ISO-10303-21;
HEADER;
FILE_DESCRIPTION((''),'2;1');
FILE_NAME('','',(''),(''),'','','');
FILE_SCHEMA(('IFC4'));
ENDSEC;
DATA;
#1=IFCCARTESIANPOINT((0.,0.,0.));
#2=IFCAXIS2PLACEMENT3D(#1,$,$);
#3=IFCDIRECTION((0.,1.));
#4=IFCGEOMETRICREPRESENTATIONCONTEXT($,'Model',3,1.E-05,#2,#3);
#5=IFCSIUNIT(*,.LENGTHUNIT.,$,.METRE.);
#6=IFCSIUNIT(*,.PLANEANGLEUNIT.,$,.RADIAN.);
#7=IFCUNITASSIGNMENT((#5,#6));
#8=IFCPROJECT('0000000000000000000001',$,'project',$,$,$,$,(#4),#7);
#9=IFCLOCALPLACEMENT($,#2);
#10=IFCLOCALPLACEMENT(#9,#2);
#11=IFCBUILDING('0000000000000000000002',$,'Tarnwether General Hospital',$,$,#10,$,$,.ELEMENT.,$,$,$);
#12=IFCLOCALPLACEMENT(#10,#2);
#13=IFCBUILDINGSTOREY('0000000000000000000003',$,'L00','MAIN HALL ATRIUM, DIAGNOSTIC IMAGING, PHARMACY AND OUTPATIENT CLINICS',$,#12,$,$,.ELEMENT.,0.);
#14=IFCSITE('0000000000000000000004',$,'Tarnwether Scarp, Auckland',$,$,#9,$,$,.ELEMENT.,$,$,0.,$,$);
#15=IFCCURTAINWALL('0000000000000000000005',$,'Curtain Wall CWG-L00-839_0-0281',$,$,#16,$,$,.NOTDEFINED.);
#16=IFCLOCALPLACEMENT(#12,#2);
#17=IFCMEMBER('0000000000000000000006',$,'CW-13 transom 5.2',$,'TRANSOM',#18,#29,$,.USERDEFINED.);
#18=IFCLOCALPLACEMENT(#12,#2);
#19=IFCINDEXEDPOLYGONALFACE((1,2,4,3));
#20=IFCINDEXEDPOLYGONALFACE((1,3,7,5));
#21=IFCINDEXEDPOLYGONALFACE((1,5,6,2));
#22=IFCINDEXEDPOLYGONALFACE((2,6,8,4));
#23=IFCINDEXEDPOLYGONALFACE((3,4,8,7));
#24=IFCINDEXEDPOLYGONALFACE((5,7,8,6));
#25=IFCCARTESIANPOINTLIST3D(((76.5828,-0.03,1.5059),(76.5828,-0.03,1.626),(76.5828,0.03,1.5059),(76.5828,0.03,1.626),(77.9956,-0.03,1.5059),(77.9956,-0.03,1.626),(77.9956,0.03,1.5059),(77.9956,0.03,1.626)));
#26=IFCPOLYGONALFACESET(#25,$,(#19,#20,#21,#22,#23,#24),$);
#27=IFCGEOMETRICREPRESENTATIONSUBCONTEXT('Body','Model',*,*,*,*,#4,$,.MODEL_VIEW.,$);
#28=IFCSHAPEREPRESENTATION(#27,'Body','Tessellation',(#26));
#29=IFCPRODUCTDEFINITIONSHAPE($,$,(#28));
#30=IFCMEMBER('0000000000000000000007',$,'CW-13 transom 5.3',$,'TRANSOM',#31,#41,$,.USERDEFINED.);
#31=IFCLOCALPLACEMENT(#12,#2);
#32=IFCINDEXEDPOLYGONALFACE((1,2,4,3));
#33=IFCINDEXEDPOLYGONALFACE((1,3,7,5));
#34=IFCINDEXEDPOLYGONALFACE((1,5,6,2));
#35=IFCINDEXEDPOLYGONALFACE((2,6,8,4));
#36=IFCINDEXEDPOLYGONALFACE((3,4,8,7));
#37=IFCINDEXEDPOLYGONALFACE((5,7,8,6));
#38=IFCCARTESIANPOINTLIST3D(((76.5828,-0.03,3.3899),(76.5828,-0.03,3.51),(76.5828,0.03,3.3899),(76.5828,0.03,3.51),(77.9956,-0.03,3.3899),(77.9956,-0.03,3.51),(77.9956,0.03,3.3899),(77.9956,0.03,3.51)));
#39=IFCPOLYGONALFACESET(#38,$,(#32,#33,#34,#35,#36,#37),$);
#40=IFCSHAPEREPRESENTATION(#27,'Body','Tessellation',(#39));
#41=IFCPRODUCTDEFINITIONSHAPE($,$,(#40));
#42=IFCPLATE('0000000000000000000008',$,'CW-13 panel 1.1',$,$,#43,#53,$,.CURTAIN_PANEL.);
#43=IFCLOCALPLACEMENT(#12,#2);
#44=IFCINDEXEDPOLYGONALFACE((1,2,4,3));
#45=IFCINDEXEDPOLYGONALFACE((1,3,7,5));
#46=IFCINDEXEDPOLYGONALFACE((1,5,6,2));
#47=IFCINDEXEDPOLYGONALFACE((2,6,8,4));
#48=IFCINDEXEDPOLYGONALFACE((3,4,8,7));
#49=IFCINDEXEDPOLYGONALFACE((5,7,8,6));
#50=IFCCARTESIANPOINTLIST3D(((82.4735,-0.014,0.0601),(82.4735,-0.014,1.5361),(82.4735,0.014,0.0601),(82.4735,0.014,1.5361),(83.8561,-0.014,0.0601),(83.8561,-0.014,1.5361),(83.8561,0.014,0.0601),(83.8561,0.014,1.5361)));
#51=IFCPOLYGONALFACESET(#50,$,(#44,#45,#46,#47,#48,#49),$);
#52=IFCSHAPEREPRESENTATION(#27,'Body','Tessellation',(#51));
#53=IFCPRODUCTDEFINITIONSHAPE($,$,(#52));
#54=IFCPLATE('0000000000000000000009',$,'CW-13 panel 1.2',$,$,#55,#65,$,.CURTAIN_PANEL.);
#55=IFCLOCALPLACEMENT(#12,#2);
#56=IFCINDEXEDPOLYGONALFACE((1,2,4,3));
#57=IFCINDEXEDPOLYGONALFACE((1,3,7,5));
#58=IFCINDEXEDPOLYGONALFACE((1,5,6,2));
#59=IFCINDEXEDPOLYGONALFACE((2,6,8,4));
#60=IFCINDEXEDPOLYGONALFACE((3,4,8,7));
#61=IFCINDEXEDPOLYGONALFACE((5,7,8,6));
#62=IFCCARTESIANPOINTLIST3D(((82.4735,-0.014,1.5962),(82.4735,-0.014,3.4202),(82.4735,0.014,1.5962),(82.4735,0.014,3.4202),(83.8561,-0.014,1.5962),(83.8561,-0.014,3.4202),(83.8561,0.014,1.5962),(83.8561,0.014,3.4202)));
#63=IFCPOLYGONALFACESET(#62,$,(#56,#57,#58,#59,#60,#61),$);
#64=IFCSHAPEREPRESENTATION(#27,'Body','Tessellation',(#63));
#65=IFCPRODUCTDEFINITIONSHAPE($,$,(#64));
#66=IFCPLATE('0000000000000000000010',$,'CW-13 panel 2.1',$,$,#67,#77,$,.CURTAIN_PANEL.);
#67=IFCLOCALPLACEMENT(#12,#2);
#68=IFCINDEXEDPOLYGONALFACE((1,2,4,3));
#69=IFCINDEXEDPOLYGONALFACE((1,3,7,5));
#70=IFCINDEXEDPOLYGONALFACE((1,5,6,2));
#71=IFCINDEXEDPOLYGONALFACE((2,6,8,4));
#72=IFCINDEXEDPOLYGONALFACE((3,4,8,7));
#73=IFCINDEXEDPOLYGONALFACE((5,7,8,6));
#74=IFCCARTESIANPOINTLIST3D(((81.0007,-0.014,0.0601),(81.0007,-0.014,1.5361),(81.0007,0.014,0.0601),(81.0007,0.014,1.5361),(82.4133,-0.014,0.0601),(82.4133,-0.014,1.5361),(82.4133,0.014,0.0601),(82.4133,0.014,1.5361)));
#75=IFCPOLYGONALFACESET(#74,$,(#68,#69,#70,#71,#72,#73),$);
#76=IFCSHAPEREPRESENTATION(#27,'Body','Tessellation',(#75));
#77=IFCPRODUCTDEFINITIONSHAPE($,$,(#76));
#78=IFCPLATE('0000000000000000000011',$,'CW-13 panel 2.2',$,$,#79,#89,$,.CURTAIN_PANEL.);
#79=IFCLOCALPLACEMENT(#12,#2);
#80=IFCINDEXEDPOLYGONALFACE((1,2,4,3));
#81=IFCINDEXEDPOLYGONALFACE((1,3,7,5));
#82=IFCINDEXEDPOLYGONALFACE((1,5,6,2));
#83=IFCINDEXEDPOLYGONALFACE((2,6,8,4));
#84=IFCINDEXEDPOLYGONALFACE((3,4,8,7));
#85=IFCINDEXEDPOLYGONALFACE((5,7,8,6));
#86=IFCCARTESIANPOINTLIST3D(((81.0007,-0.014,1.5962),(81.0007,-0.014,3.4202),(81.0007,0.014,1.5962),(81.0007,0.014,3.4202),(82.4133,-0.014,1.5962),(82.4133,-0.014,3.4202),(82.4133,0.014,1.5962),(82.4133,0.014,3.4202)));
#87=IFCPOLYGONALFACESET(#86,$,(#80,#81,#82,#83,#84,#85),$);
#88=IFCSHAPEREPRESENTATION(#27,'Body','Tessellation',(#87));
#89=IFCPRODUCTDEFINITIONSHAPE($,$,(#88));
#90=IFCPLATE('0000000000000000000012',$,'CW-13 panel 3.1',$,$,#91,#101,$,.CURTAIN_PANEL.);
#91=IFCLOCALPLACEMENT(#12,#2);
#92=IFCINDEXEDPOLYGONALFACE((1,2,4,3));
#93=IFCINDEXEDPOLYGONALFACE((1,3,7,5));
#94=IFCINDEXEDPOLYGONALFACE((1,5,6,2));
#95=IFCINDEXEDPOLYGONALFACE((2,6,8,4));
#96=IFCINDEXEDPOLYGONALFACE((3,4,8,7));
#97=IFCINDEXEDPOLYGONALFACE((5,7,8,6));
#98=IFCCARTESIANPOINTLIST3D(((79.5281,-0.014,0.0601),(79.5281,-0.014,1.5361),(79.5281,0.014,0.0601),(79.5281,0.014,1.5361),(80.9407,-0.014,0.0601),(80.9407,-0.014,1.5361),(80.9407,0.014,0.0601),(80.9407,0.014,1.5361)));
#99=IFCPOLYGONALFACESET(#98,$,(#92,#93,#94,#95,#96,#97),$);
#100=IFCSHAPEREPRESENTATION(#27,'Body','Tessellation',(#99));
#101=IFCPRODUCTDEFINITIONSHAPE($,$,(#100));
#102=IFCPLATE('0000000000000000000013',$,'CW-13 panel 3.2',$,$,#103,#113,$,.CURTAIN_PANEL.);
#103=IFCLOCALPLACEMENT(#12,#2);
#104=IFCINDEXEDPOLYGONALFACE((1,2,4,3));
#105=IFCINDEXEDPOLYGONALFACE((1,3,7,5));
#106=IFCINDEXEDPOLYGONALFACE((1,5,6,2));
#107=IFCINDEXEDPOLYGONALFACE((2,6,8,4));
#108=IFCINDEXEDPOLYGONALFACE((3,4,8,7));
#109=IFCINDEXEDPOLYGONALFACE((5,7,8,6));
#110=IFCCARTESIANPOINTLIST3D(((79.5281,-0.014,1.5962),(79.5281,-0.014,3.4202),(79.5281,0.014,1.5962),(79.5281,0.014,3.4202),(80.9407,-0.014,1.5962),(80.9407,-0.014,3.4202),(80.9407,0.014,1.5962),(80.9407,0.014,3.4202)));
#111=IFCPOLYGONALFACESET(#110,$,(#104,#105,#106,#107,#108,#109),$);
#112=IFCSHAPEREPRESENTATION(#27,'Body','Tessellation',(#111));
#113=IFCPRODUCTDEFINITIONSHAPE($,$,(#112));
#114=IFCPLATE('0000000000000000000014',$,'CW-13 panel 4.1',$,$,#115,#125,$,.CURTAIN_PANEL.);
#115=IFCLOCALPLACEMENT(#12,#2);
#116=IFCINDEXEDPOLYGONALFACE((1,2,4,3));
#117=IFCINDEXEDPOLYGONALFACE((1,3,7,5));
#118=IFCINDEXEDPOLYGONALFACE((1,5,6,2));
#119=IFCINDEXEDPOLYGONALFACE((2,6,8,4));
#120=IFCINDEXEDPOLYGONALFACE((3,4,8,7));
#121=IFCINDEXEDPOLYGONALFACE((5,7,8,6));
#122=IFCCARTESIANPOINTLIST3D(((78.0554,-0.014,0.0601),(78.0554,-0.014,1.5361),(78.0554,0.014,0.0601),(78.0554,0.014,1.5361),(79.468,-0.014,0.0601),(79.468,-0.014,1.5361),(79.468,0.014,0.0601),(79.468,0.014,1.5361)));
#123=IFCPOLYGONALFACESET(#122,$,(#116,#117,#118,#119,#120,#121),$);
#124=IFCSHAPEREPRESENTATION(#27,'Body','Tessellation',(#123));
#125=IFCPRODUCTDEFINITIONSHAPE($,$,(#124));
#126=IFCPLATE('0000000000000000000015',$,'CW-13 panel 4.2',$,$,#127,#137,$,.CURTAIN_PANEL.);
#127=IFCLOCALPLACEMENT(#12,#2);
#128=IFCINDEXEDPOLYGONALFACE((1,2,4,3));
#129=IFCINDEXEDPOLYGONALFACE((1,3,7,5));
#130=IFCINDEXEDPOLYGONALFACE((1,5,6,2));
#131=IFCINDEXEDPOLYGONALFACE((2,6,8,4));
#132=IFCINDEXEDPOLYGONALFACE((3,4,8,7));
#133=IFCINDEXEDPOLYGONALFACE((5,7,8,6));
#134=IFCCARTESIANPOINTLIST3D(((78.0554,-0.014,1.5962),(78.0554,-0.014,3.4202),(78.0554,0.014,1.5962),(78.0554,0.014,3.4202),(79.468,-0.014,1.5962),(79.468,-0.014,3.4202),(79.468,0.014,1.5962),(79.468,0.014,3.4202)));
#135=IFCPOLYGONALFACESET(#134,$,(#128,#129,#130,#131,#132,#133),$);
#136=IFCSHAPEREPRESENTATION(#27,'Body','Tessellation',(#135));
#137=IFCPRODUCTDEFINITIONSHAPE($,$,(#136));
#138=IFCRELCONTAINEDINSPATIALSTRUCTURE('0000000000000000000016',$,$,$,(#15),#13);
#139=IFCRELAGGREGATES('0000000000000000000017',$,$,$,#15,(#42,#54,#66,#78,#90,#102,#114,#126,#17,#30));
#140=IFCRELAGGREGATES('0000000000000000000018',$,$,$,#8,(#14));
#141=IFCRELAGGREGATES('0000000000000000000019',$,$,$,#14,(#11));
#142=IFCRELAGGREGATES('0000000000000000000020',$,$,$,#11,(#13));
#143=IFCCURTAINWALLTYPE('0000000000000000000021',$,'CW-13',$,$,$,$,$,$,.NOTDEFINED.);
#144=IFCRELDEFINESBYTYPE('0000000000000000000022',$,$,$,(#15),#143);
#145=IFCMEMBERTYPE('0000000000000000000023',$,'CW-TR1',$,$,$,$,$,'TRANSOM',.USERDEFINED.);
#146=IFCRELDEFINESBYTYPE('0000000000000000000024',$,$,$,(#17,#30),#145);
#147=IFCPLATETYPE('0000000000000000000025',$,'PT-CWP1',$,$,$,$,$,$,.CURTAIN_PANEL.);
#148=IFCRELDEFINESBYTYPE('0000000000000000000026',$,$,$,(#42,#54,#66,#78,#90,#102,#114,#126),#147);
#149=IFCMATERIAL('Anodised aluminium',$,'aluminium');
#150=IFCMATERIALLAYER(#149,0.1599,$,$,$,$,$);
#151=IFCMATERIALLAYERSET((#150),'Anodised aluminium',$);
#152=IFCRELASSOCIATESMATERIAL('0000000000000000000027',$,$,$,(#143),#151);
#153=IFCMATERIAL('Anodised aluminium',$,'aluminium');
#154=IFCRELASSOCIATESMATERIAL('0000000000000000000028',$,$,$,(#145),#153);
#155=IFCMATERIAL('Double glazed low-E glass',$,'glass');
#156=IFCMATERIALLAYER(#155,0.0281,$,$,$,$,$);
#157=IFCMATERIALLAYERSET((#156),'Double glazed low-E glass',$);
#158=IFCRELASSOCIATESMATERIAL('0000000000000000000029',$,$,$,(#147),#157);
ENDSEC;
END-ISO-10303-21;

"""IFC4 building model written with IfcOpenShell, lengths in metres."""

from ifc_helpers import new_model, si_unit, direction, frame, origin, origin_2d, place, context, subcontext, project, spatial, rectangle, extrude, material, layer, layer_set, material_profile, profile_set, type_object, element, aggregate, save


model = new_model("IFC4")

# Units and contexts
model_context = context("Model", 3, precision=1e-05, world=origin(), true_north=direction((0.0, 1.0)))
body_context = subcontext(model_context, "Body", "Model", "MODEL_VIEW")
ifc_project = project(units=[si_unit("LENGTHUNIT", "METRE"), si_unit("PLANEANGLEUNIT", "RADIAN")], contexts=[model_context])

# Site, building, storey
site_placement = place(None, origin())
site = spatial("IfcSite", under=ifc_project, at=site_placement, Name="Tarnwether Scarp, Auckland", CompositionType="ELEMENT", RefElevation=0.0)
building_placement = place(site_placement, origin())
building = spatial("IfcBuilding", under=site, at=building_placement, Name="Tarnwether General Hospital", CompositionType="ELEMENT")
storey_placement = place(building_placement, origin())
storey = spatial("IfcBuildingStorey", under=building, at=storey_placement, Name="L00", Description="MAIN HALL ATRIUM, DIAGNOSTIC IMAGING, PHARMACY AND OUTPATIENT CLINICS", CompositionType="ELEMENT", Elevation=0.0)

# Curtain wall, members, plates
ifc_material_1 = material(Name="Anodised aluminium", Category="aluminium")
ifc_layer_1 = layer(ifc_material_1, 0.1599)
ifc_layer_set_1 = layer_set([ifc_layer_1], Name="Anodised aluminium")
curtain_wall_type = type_object("IfcCurtainWallType", Name="CW-13", PredefinedType="NOTDEFINED", material=ifc_layer_set_1)
curtain_wall_placement = place(storey_placement, origin())
curtain_wall = element("IfcCurtainWall", 1, at=curtain_wall_placement, inside=storey, type_object=curtain_wall_type, Name="Curtain Wall CWG-L00-839_0-0281", PredefinedType="NOTDEFINED")
ifc_material_2 = material(Name="Anodised aluminium", Category="aluminium")
ifc_material_profile_1 = material_profile(ifc_material_2, rectangle(XDim=0.0601, YDim=0.1201, at=origin_2d()), Name="ALU-TRN-60x120")
ifc_profile_set_1 = profile_set([ifc_material_profile_1], Name="Anodised aluminium")
member_type_1 = type_object("IfcMemberType", Name="CW-TR1", ElementType="TRANSOM", PredefinedType="USERDEFINED", material=ifc_profile_set_1)
member_1_placement = place(storey_placement, frame((77.9956, 0.0, 1.5659), z_axis=(-1.0, 0.0, 0.0), x_axis=(0.0, -1.0, 0.0)))
member_1 = element("IfcMember", 2, at=member_1_placement, type_object=member_type_1, Name="CW-13 transom 5.2", ObjectType="TRANSOM", PredefinedType="USERDEFINED", context=body_context, shape_type="SweptSolid", body=[
    extrude(rectangle(XDim=0.0601, YDim=0.1201, at=origin_2d()), origin(), (0.0, 0.0, 1.0), 1.4128),
])
member_2_placement = place(storey_placement, frame((77.9956, 0.0, 3.45), z_axis=(-1.0, 0.0, 0.0), x_axis=(0.0, -1.0, 0.0)))
member_2 = element("IfcMember", 3, at=member_2_placement, type_object=member_type_1, Name="CW-13 transom 5.3", ObjectType="TRANSOM", PredefinedType="USERDEFINED", context=body_context, shape_type="SweptSolid", body=[
    extrude(rectangle(XDim=0.0601, YDim=0.1201, at=origin_2d()), origin(), (0.0, 0.0, 1.0), 1.4128),
])
ifc_material_3 = material(Name="Double glazed low-E glass", Category="glass")
ifc_layer_2 = layer(ifc_material_3, 0.0281)
ifc_layer_set_2 = layer_set([ifc_layer_2], Name="Double glazed low-E glass")
plate_type = type_object("IfcPlateType", Name="PT-CWP1", PredefinedType="CURTAIN_PANEL", material=ifc_layer_set_2)
plate_1_placement = place(storey_placement, frame((83.1648, 0.0, 0.0601), z_axis=(0.0, 0.0, 1.0), x_axis=(-1.0, 0.0, 0.0)))
plate_1 = element("IfcPlate", 4, at=plate_1_placement, type_object=plate_type, Name="CW-13 panel 1.1", PredefinedType="CURTAIN_PANEL", context=body_context, shape_type="SweptSolid", body=[
    extrude(rectangle(XDim=1.3826, YDim=0.0281, at=origin_2d()), origin(), (0.0, 0.0, 1.0), 1.4761),
])
plate_2_placement = place(storey_placement, frame((83.1648, 0.0, 1.5962), z_axis=(0.0, 0.0, 1.0), x_axis=(-1.0, 0.0, 0.0)))
plate_2 = element("IfcPlate", 5, at=plate_2_placement, type_object=plate_type, Name="CW-13 panel 1.2", PredefinedType="CURTAIN_PANEL", context=body_context, shape_type="SweptSolid", body=[
    extrude(rectangle(XDim=1.3826, YDim=0.0281, at=origin_2d()), origin(), (0.0, 0.0, 1.0), 1.824),
])
plate_3_placement = place(storey_placement, frame((81.707, 0.0, 0.0601), z_axis=(0.0, 0.0, 1.0), x_axis=(-1.0, 0.0, 0.0)))
plate_3 = element("IfcPlate", 6, at=plate_3_placement, type_object=plate_type, Name="CW-13 panel 2.1", PredefinedType="CURTAIN_PANEL", context=body_context, shape_type="SweptSolid", body=[
    extrude(rectangle(XDim=1.4126, YDim=0.0281, at=origin_2d()), origin(), (0.0, 0.0, 1.0), 1.4761),
])
plate_4_placement = place(storey_placement, frame((81.707, 0.0, 1.5962), z_axis=(0.0, 0.0, 1.0), x_axis=(-1.0, 0.0, 0.0)))
plate_4 = element("IfcPlate", 7, at=plate_4_placement, type_object=plate_type, Name="CW-13 panel 2.2", PredefinedType="CURTAIN_PANEL", context=body_context, shape_type="SweptSolid", body=[
    extrude(rectangle(XDim=1.4126, YDim=0.0281, at=origin_2d()), origin(), (0.0, 0.0, 1.0), 1.824),
])
plate_5_placement = place(storey_placement, frame((80.2344, 0.0, 0.0601), z_axis=(0.0, 0.0, 1.0), x_axis=(-1.0, 0.0, 0.0)))
plate_5 = element("IfcPlate", 8, at=plate_5_placement, type_object=plate_type, Name="CW-13 panel 3.1", PredefinedType="CURTAIN_PANEL", context=body_context, shape_type="SweptSolid", body=[
    extrude(rectangle(XDim=1.4126, YDim=0.0281, at=origin_2d()), origin(), (0.0, 0.0, 1.0), 1.4761),
])
plate_6_placement = place(storey_placement, frame((80.2344, 0.0, 1.5962), z_axis=(0.0, 0.0, 1.0), x_axis=(-1.0, 0.0, 0.0)))
plate_6 = element("IfcPlate", 9, at=plate_6_placement, type_object=plate_type, Name="CW-13 panel 3.2", PredefinedType="CURTAIN_PANEL", context=body_context, shape_type="SweptSolid", body=[
    extrude(rectangle(XDim=1.4126, YDim=0.0281, at=origin_2d()), origin(), (0.0, 0.0, 1.0), 1.824),
])
plate_7_placement = place(storey_placement, frame((78.7617, 0.0, 0.0601), z_axis=(0.0, 0.0, 1.0), x_axis=(-1.0, 0.0, 0.0)))
plate_7 = element("IfcPlate", 10, at=plate_7_placement, type_object=plate_type, Name="CW-13 panel 4.1", PredefinedType="CURTAIN_PANEL", context=body_context, shape_type="SweptSolid", body=[
    extrude(rectangle(XDim=1.4126, YDim=0.0281, at=origin_2d()), origin(), (0.0, 0.0, 1.0), 1.4761),
])
plate_8_placement = place(storey_placement, frame((78.7617, 0.0, 1.5962), z_axis=(0.0, 0.0, 1.0), x_axis=(-1.0, 0.0, 0.0)))
plate_8 = element("IfcPlate", 11, at=plate_8_placement, type_object=plate_type, Name="CW-13 panel 4.2", PredefinedType="CURTAIN_PANEL", context=body_context, shape_type="SweptSolid", body=[
    extrude(rectangle(XDim=1.4126, YDim=0.0281, at=origin_2d()), origin(), (0.0, 0.0, 1.0), 1.824),
])
aggregate(curtain_wall, [plate_1, plate_2, plate_3, plate_4, plate_5, plate_6, plate_7, plate_8, member_1, member_2])

save(model, "model.ifc")
